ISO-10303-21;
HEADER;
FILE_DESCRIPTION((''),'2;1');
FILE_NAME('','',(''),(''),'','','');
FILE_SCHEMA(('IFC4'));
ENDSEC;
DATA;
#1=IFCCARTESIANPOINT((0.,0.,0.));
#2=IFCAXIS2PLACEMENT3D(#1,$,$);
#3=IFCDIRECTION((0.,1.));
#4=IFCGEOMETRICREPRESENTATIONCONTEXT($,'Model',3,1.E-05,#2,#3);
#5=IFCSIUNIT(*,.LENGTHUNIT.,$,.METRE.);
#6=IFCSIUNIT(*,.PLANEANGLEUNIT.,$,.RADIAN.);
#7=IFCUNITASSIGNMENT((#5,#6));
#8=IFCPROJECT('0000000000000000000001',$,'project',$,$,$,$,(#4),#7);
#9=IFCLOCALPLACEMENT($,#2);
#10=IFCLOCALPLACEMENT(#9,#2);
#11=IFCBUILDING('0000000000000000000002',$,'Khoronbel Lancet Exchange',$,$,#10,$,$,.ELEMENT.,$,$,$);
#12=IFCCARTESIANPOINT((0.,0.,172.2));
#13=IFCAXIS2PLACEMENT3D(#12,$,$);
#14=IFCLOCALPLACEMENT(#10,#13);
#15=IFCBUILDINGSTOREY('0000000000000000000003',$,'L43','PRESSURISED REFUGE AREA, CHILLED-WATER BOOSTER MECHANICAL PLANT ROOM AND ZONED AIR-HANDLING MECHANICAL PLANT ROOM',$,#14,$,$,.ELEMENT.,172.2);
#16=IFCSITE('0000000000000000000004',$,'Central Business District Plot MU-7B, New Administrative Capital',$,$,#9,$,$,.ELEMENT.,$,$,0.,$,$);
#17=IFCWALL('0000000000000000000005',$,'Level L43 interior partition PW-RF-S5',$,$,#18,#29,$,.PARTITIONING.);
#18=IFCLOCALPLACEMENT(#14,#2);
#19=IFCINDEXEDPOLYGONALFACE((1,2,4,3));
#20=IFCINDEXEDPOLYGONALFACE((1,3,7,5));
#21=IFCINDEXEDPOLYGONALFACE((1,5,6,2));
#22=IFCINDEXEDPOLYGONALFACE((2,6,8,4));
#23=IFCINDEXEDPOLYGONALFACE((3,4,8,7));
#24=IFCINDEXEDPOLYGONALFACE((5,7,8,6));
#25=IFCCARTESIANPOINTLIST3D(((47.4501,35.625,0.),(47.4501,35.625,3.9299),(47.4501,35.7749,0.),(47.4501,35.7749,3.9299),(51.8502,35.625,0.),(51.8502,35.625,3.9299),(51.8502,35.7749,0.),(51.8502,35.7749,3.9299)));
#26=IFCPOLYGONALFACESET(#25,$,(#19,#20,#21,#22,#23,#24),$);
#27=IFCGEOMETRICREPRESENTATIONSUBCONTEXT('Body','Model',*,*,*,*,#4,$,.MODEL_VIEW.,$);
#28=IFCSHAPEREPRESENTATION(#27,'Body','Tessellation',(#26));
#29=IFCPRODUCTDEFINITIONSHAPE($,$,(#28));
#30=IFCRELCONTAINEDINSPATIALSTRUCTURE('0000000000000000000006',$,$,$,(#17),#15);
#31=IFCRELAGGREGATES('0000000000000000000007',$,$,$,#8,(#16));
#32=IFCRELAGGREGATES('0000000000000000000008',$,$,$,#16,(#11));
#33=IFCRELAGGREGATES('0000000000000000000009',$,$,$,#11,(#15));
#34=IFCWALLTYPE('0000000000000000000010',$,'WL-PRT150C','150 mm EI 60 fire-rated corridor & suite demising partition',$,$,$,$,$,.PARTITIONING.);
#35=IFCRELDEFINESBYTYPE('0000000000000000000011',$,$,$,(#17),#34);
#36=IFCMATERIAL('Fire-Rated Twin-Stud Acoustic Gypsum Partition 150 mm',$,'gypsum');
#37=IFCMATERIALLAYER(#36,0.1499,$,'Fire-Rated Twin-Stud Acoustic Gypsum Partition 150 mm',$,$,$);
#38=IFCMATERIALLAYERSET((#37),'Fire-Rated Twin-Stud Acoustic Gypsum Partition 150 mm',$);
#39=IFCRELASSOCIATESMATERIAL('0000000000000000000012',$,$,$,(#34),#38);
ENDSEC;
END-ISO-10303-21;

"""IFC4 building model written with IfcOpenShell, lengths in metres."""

from ifc_helpers import new_model, si_unit, direction, frame, frame_2d, origin, place, context, subcontext, project, spatial, rectangle, extrude, material, layer, layer_set, type_object, element, save


model = new_model("IFC4")

# Units and contexts
model_context = context("Model", 3, precision=1e-05, world=origin(), true_north=direction((0.0, 1.0)))
body_context = subcontext(model_context, "Body", "Model", "MODEL_VIEW")
ifc_project = project(units=[si_unit("LENGTHUNIT", "METRE"), si_unit("PLANEANGLEUNIT", "RADIAN")], contexts=[model_context])

# Site, building, storey
site_placement = place(None, origin())
site = spatial("IfcSite", under=ifc_project, at=site_placement, Name="Central Business District Plot MU-7B, New Administrative Capital", CompositionType="ELEMENT", RefElevation=0.0)
building_placement = place(site_placement, origin())
building = spatial("IfcBuilding", under=site, at=building_placement, Name="Khoronbel Lancet Exchange", CompositionType="ELEMENT")
storey_placement = place(building_placement, frame((0.0, 0.0, 172.2)))
storey = spatial("IfcBuildingStorey", under=building, at=storey_placement, Name="L43", Description="PRESSURISED REFUGE AREA, CHILLED-WATER BOOSTER MECHANICAL PLANT ROOM AND ZONED AIR-HANDLING MECHANICAL PLANT ROOM", CompositionType="ELEMENT", Elevation=172.2)

# Shared definitions
ifc_material_1 = material(Name="Fire-Rated Twin-Stud Acoustic Gypsum Partition 150 mm", Category="gypsum")
ifc_layer_1 = layer(ifc_material_1, 0.1499, Name="Fire-Rated Twin-Stud Acoustic Gypsum Partition 150 mm")
ifc_layer_set_1 = layer_set([ifc_layer_1], Name="Fire-Rated Twin-Stud Acoustic Gypsum Partition 150 mm")
wall_type = type_object("IfcWallType", Name="WL-PRT150C", Description="150 mm EI 60 fire-rated corridor & suite demising partition", PredefinedType="PARTITIONING", material=ifc_layer_set_1)

# Wall
wall_1_placement = place(storey_placement, frame((47.45, 35.7, 0.0), z_axis=(0.0, 0.0, 1.0), x_axis=(1.0, 0.0, 0.0)))
element("IfcWall", 1, at=wall_1_placement, inside=storey, type_object=wall_type, Name="Level L43 interior partition PW-RF-S5", PredefinedType="PARTITIONING", context=body_context, shape_type="SweptSolid", body=[
    extrude(rectangle(XDim=4.4001, YDim=0.1499, at=frame_2d((2.2002, 0.0))), origin(), (0.0, 0.0, 1.0), 3.9299),
])

save(model, "model.ifc")
